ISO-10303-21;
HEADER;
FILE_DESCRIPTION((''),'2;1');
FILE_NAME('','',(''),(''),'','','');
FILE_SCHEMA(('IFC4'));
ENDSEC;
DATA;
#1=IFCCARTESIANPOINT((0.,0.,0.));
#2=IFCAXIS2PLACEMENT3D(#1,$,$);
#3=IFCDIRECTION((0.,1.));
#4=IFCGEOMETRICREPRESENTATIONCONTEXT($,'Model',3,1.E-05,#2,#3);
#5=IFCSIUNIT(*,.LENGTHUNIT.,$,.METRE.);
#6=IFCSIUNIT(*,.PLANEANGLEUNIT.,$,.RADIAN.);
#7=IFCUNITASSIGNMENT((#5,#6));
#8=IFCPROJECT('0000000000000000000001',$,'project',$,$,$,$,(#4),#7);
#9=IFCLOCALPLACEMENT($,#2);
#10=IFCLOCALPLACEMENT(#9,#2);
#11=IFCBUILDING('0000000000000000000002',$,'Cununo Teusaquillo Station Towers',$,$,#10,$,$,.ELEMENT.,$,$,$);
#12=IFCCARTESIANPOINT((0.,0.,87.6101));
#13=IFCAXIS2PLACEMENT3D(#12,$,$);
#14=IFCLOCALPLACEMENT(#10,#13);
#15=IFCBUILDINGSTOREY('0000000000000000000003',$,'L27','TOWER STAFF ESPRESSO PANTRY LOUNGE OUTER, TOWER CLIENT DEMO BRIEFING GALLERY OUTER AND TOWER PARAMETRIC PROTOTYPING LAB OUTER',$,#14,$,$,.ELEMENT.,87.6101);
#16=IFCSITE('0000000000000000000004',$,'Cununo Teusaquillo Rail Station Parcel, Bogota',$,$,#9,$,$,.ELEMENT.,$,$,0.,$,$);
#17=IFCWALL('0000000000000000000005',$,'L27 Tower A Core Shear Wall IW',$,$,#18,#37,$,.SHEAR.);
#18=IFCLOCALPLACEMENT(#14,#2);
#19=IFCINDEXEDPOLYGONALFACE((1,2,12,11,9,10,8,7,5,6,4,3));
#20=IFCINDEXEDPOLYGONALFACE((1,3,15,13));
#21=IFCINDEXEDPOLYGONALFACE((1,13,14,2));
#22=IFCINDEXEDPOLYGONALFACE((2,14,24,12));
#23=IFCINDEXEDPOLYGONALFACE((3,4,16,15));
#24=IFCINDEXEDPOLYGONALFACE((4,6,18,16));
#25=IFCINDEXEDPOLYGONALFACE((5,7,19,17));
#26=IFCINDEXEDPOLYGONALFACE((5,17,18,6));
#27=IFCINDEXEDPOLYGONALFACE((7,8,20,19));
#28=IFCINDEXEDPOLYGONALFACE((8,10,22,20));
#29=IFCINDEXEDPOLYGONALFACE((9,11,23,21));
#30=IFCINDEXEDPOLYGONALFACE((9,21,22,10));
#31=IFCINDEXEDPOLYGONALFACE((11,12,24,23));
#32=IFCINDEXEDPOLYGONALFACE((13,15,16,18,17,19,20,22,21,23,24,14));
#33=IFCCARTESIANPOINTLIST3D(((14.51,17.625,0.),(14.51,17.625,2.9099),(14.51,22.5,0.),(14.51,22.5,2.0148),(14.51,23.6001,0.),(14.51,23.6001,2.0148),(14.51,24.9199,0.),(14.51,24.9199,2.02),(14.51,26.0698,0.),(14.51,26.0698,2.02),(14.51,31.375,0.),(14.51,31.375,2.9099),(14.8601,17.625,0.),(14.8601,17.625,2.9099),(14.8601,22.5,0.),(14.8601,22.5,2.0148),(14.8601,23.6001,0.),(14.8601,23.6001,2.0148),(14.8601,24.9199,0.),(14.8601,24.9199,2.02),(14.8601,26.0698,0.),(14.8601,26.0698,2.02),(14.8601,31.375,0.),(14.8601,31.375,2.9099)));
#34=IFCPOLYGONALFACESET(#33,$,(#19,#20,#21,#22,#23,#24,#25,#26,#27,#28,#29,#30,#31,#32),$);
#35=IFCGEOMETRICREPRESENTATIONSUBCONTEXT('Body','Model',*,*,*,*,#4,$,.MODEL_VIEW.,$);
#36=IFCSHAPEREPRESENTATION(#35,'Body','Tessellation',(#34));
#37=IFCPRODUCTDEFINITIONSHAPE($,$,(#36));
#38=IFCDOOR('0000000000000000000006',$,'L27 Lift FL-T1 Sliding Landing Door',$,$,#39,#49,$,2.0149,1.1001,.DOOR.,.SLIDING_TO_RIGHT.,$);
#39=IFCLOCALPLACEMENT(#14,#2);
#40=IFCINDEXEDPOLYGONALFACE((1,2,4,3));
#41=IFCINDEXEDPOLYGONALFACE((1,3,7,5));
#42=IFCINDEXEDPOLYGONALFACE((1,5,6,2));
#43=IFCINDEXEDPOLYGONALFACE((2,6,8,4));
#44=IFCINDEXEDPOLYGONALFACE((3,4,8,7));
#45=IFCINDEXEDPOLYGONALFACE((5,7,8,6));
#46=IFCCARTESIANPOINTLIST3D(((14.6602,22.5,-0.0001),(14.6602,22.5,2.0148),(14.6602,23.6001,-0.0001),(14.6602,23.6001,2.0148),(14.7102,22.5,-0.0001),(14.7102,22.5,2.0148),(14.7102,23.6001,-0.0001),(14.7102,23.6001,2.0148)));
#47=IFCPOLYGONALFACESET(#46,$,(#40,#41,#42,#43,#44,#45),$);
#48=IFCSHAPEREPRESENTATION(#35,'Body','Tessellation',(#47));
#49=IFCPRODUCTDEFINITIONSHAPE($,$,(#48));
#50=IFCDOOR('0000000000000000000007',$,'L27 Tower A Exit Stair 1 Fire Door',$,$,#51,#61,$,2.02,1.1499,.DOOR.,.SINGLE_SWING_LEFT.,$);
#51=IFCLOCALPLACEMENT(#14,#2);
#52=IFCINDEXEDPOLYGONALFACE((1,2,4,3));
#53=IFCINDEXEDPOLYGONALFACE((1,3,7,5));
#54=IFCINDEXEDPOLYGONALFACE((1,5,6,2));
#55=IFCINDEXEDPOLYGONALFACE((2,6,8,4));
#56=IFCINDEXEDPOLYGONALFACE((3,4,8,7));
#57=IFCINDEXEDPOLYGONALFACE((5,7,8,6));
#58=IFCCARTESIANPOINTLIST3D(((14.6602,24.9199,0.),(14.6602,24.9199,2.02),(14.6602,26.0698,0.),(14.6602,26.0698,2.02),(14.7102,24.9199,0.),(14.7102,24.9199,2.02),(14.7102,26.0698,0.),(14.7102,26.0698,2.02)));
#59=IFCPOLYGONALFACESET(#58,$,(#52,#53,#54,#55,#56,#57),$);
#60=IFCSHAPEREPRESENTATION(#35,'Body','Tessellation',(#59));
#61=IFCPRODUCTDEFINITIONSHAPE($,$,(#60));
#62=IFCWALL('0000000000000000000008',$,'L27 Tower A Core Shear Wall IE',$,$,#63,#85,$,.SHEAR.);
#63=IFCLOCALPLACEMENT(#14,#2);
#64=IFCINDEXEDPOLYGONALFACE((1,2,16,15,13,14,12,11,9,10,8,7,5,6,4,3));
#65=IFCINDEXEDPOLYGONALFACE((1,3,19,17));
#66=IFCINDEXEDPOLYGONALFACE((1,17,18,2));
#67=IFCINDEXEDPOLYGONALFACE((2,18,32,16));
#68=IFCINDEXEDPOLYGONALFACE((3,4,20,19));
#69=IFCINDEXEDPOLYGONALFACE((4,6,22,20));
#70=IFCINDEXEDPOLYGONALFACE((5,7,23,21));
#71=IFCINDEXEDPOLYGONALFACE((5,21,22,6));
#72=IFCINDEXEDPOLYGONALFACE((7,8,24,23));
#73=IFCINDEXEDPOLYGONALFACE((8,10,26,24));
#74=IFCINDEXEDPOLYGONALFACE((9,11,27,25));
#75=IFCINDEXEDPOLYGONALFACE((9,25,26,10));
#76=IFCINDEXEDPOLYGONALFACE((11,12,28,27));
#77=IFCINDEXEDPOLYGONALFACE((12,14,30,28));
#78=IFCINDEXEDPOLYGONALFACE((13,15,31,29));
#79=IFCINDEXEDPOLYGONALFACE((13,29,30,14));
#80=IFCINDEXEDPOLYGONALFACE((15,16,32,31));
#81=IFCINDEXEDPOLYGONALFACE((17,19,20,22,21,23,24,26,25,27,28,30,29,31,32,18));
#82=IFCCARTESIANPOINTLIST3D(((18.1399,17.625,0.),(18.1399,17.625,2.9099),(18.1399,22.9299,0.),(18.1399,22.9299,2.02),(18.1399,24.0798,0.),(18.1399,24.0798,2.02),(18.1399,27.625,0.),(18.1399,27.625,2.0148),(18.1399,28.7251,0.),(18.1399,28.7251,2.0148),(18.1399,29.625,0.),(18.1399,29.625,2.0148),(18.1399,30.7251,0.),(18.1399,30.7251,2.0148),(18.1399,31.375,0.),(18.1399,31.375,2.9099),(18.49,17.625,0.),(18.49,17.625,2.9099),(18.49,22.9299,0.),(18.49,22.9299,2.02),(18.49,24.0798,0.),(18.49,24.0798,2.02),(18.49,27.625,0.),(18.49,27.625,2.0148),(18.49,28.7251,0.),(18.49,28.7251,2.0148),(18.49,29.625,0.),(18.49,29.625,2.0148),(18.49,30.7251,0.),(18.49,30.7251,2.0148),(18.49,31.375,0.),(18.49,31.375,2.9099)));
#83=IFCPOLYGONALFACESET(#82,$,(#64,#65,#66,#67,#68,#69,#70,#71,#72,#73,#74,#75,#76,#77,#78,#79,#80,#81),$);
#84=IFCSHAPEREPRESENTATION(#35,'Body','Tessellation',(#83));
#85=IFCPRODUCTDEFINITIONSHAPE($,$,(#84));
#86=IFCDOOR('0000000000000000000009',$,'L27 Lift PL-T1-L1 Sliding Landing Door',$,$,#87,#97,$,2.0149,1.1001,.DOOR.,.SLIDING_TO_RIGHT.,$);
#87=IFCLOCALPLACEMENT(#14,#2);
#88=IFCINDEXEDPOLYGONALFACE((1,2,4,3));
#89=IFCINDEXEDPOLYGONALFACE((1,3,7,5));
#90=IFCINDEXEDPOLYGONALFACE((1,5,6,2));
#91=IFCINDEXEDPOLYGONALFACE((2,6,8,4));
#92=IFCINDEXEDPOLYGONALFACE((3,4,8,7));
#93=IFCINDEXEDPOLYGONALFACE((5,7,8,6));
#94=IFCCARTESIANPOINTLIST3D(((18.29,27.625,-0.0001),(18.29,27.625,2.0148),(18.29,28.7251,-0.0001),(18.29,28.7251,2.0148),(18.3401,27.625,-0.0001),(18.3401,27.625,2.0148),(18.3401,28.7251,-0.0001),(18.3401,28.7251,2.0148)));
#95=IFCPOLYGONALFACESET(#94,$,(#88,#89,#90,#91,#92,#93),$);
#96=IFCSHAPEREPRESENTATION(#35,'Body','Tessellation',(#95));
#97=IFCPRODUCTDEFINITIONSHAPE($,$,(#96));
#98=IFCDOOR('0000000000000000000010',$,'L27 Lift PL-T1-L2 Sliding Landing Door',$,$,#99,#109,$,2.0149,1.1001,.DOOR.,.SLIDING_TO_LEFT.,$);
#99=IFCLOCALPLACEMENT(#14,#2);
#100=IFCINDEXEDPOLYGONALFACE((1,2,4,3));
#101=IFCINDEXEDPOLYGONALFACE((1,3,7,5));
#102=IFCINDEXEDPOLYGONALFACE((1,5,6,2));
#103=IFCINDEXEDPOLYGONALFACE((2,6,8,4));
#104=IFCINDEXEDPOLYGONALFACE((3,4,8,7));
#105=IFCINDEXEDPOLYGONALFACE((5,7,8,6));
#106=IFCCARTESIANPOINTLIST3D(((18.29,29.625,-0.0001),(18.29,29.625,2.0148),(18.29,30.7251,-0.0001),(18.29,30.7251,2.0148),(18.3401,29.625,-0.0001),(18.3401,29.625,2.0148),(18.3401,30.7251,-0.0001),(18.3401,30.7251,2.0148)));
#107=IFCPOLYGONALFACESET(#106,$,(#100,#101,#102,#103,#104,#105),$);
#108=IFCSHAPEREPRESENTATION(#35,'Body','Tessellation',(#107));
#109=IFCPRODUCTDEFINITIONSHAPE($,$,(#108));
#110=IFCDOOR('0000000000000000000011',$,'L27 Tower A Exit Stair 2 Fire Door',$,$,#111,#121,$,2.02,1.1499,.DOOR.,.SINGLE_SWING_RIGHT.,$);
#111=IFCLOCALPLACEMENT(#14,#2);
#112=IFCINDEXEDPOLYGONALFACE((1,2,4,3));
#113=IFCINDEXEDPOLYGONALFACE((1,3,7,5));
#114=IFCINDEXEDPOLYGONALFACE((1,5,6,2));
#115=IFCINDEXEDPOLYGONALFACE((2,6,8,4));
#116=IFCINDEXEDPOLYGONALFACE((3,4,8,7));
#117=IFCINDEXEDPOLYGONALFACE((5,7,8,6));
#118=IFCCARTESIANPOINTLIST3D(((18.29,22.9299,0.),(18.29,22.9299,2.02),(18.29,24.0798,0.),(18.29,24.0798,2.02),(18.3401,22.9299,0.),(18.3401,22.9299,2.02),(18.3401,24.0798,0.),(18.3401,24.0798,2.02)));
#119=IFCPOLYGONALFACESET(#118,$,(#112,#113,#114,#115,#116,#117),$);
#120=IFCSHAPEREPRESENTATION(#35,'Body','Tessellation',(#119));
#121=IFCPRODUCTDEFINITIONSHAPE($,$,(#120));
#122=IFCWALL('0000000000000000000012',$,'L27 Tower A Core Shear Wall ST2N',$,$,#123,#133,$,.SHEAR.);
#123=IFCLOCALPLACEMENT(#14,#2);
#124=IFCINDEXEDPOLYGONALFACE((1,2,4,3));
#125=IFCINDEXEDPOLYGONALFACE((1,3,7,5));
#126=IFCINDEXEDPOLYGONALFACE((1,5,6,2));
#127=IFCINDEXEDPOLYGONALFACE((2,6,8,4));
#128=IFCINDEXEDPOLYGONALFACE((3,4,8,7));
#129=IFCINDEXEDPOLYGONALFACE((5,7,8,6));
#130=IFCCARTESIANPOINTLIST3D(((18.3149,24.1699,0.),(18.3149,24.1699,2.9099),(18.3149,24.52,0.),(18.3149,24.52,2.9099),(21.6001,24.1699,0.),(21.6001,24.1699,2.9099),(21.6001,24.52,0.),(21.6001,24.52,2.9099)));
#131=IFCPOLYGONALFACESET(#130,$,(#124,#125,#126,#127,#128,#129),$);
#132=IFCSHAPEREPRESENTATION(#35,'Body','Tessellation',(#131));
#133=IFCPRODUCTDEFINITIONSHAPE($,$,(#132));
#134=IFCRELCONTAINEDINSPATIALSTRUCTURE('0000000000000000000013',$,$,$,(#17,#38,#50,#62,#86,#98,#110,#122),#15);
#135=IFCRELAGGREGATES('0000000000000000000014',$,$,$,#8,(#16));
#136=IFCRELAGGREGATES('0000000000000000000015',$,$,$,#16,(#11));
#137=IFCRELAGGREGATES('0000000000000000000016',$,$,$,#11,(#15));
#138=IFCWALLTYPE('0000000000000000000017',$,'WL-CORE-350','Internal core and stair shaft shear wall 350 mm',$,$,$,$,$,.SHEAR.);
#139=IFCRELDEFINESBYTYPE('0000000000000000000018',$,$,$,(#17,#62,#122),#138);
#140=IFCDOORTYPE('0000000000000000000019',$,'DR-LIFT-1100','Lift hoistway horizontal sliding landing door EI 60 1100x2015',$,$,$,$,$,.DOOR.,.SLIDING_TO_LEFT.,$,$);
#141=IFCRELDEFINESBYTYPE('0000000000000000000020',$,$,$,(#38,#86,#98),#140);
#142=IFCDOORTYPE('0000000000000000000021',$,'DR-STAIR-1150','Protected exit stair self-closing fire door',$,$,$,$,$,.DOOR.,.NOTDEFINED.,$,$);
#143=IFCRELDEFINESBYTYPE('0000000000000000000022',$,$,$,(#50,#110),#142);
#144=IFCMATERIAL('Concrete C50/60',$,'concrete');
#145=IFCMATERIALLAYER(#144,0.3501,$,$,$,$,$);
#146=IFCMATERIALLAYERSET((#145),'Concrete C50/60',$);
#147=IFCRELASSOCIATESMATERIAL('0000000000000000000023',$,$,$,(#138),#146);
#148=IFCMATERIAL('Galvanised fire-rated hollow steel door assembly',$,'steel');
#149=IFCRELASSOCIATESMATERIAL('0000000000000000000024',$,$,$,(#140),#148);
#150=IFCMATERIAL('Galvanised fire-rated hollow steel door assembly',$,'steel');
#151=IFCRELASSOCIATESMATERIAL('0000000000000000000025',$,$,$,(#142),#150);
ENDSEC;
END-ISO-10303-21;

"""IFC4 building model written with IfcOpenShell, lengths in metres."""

from ifc_helpers import new_model, si_unit, direction, frame, frame_2d, origin, place, context, subcontext, project, spatial, rectangle, extrude, source, transform, mapped, material, layer, layer_set, type_object, element, fill, save


model = new_model("IFC4")

# Units and contexts
model_context = context("Model", 3, precision=1e-05, world=origin(), true_north=direction((0.0, 1.0)))
body_context = subcontext(model_context, "Body", "Model", "MODEL_VIEW")
ifc_project = project(units=[si_unit("LENGTHUNIT", "METRE"), si_unit("PLANEANGLEUNIT", "RADIAN")], contexts=[model_context])

# Site, building, storey
site_placement = place(None, origin())
site = spatial("IfcSite", under=ifc_project, at=site_placement, Name="Cununo Teusaquillo Rail Station Parcel, Bogota", CompositionType="ELEMENT", RefElevation=0.0)
building_placement = place(site_placement, origin())
building = spatial("IfcBuilding", under=site, at=building_placement, Name="Cununo Teusaquillo Station Towers", CompositionType="ELEMENT")
storey_placement = place(building_placement, frame((0.0, 0.0, 87.6101)))
storey = spatial("IfcBuildingStorey", under=building, at=storey_placement, Name="L27", Description="TOWER STAFF ESPRESSO PANTRY LOUNGE OUTER, TOWER CLIENT DEMO BRIEFING GALLERY OUTER AND TOWER PARAMETRIC PROTOTYPING LAB OUTER", CompositionType="ELEMENT", Elevation=87.6101)

# Walls, openings, doors
ifc_material_1 = material(Name="Concrete C50/60", Category="concrete")
ifc_layer_1 = layer(ifc_material_1, 0.3501)
ifc_layer_set_1 = layer_set([ifc_layer_1], Name="Concrete C50/60")
wall_type_1 = type_object("IfcWallType", Name="WL-CORE-350", Description="Internal core and stair shaft shear wall 350 mm", PredefinedType="SHEAR", material=ifc_layer_set_1)
wall_1_placement = place(storey_placement, frame((14.6851, 17.625, 0.0), z_axis=(0.0, 0.0, 1.0), x_axis=(0.0, 1.0, 0.0)))
wall_1 = element("IfcWall", 1, at=wall_1_placement, inside=storey, type_object=wall_type_1, Name="L27 Tower A Core Shear Wall IW", PredefinedType="SHEAR", context=body_context, shape_type="SweptSolid", body=[
    extrude(rectangle(XDim=13.75, YDim=0.3501, at=frame_2d((6.875, 0.0))), origin(), (0.0, 0.0, 1.0), 2.9099),
])
shared_shape_1 = source(origin(), body_context, "Body", "SweptSolid", [
    extrude(rectangle(XDim=1.1001, YDim=2.0149, at=frame_2d((0.55, 1.0073))), frame((0.0, 0.1851, 0.0), z_axis=(0.0, -1.0, 0.0), x_axis=(1.0, 0.0, 0.0)), (0.0, 0.0, 1.0), 0.3701),
])
opening_1_placement = place(wall_1_placement, frame((4.875, 0.0, 0.0)))
opening_1 = element("IfcOpeningElement", 2, at=opening_1_placement, cuts=wall_1, PredefinedType="OPENING", context=body_context, shape_type="MappedRepresentation", body=[
    mapped(shared_shape_1, transform((0.0, 0.0, 0.0), x_axis=(1.0, 0.0, 0.0), y_axis=(0.0, 1.0, 0.0), z_axis=(0.0, 0.0, 1.0), scale=1.0)),
])
shared_shape_2 = source(origin(), body_context, "Body", "SweptSolid", [
    extrude(rectangle(XDim=1.1499, YDim=2.02, at=frame_2d((0.575, 1.01))), frame((0.0, 0.1851, 0.0), z_axis=(0.0, -1.0, 0.0), x_axis=(1.0, 0.0, 0.0)), (0.0, 0.0, 1.0), 0.3701),
])
opening_2_placement = place(wall_1_placement, frame((7.2949, 0.0, 0.0)))
opening_2 = element("IfcOpeningElement", 3, at=opening_2_placement, cuts=wall_1, PredefinedType="OPENING", context=body_context, shape_type="MappedRepresentation", body=[
    mapped(shared_shape_2, transform((0.0, 0.0, 0.0), x_axis=(1.0, 0.0, 0.0), y_axis=(0.0, 1.0, 0.0), z_axis=(0.0, 0.0, 1.0), scale=1.0)),
])
ifc_material_2 = material(Name="Galvanised fire-rated hollow steel door assembly", Category="steel")
door_type_1 = type_object("IfcDoorType", Name="DR-LIFT-1100", Description="Lift hoistway horizontal sliding landing door EI 60 1100x2015", OperationType="SLIDING_TO_LEFT", PredefinedType="DOOR", material=ifc_material_2)
shared_shape_3 = source(origin(), body_context, "Body", "SweptSolid", [
    extrude(rectangle(XDim=1.1001, YDim=2.0149, at=frame_2d((0.55, 1.0073))), frame((0.0, 0.0249, 0.0), z_axis=(0.0, -1.0, 0.0), x_axis=(1.0, 0.0, 0.0)), (0.0, 0.0, 1.0), 0.05),
])
door_1_placement = place(opening_1_placement, origin())
door_1 = element("IfcDoor", 4, at=door_1_placement, inside=storey, type_object=door_type_1, Name="L27 Lift FL-T1 Sliding Landing Door", OperationType="SLIDING_TO_RIGHT", OverallHeight=2.0149, OverallWidth=1.1001, PredefinedType="DOOR", context=body_context, shape_type="MappedRepresentation", body=[
    mapped(shared_shape_3, transform((0.0, 0.0, 0.0), x_axis=(1.0, 0.0, 0.0), y_axis=(0.0, 1.0, 0.0), z_axis=(0.0, 0.0, 1.0), scale=1.0)),
])
fill(opening_1, door_1)
ifc_material_3 = material(Name="Galvanised fire-rated hollow steel door assembly", Category="steel")
door_type_2 = type_object("IfcDoorType", Name="DR-STAIR-1150", Description="Protected exit stair self-closing fire door", OperationType="NOTDEFINED", PredefinedType="DOOR", material=ifc_material_3)
shared_shape_4 = source(origin(), body_context, "Body", "SweptSolid", [
    extrude(rectangle(XDim=1.1499, YDim=2.02, at=frame_2d((0.575, 1.01))), frame((0.0, 0.0249, 0.0), z_axis=(0.0, -1.0, 0.0), x_axis=(1.0, 0.0, 0.0)), (0.0, 0.0, 1.0), 0.05),
])
door_2_placement = place(opening_2_placement, origin())
door_2 = element("IfcDoor", 5, at=door_2_placement, inside=storey, type_object=door_type_2, Name="L27 Tower A Exit Stair 1 Fire Door", OperationType="SINGLE_SWING_LEFT", OverallHeight=2.02, OverallWidth=1.1499, PredefinedType="DOOR", context=body_context, shape_type="MappedRepresentation", body=[
    mapped(shared_shape_4, transform((0.0, 0.0, 0.0), x_axis=(1.0, 0.0, 0.0), y_axis=(0.0, 1.0, 0.0), z_axis=(0.0, 0.0, 1.0), scale=1.0)),
])
fill(opening_2, door_2)
wall_2_placement = place(storey_placement, frame((18.3149, 17.625, 0.0), z_axis=(0.0, 0.0, 1.0), x_axis=(0.0, 1.0, 0.0)))
wall_2 = element("IfcWall", 6, at=wall_2_placement, inside=storey, type_object=wall_type_1, Name="L27 Tower A Core Shear Wall IE", PredefinedType="SHEAR", context=body_context, shape_type="SweptSolid", body=[
    extrude(rectangle(XDim=13.75, YDim=0.3501, at=frame_2d((6.875, 0.0))), origin(), (0.0, 0.0, 1.0), 2.9099),
])
opening_3_placement = place(wall_2_placement, frame((10.0, 0.0, 0.0)))
opening_3 = element("IfcOpeningElement", 7, at=opening_3_placement, cuts=wall_2, PredefinedType="OPENING", context=body_context, shape_type="MappedRepresentation", body=[
    mapped(shared_shape_1, transform((0.0, 0.0, 0.0), x_axis=(1.0, 0.0, 0.0), y_axis=(0.0, 1.0, 0.0), z_axis=(0.0, 0.0, 1.0), scale=1.0)),
])
opening_4_placement = place(wall_2_placement, frame((12.0, 0.0, 0.0)))
opening_4 = element("IfcOpeningElement", 8, at=opening_4_placement, cuts=wall_2, PredefinedType="OPENING", context=body_context, shape_type="MappedRepresentation", body=[
    mapped(shared_shape_1, transform((0.0, 0.0, 0.0), x_axis=(1.0, 0.0, 0.0), y_axis=(0.0, 1.0, 0.0), z_axis=(0.0, 0.0, 1.0), scale=1.0)),
])
opening_5_placement = place(wall_2_placement, frame((5.3049, 0.0, 0.0)))
opening_5 = element("IfcOpeningElement", 9, at=opening_5_placement, cuts=wall_2, PredefinedType="OPENING", context=body_context, shape_type="MappedRepresentation", body=[
    mapped(shared_shape_2, transform((0.0, 0.0, 0.0), x_axis=(1.0, 0.0, 0.0), y_axis=(0.0, 1.0, 0.0), z_axis=(0.0, 0.0, 1.0), scale=1.0)),
])
door_3_placement = place(opening_3_placement, origin())
door_3 = element("IfcDoor", 10, at=door_3_placement, inside=storey, type_object=door_type_1, Name="L27 Lift PL-T1-L1 Sliding Landing Door", OperationType="SLIDING_TO_RIGHT", OverallHeight=2.0149, OverallWidth=1.1001, PredefinedType="DOOR", context=body_context, shape_type="MappedRepresentation", body=[
    mapped(shared_shape_3, transform((0.0, 0.0, 0.0), x_axis=(1.0, 0.0, 0.0), y_axis=(0.0, 1.0, 0.0), z_axis=(0.0, 0.0, 1.0), scale=1.0)),
])
fill(opening_3, door_3)
door_4_placement = place(opening_4_placement, origin())
door_4 = element("IfcDoor", 11, at=door_4_placement, inside=storey, type_object=door_type_1, Name="L27 Lift PL-T1-L2 Sliding Landing Door", OperationType="SLIDING_TO_LEFT", OverallHeight=2.0149, OverallWidth=1.1001, PredefinedType="DOOR", context=body_context, shape_type="MappedRepresentation", body=[
    mapped(shared_shape_3, transform((0.0, 0.0, 0.0), x_axis=(1.0, 0.0, 0.0), y_axis=(0.0, 1.0, 0.0), z_axis=(0.0, 0.0, 1.0), scale=1.0)),
])
fill(opening_4, door_4)
door_5_placement = place(opening_5_placement, origin())
door_5 = element("IfcDoor", 12, at=door_5_placement, inside=storey, type_object=door_type_2, Name="L27 Tower A Exit Stair 2 Fire Door", OperationType="SINGLE_SWING_RIGHT", OverallHeight=2.02, OverallWidth=1.1499, PredefinedType="DOOR", context=body_context, shape_type="MappedRepresentation", body=[
    mapped(shared_shape_4, transform((0.0, 0.0, 0.0), x_axis=(1.0, 0.0, 0.0), y_axis=(0.0, 1.0, 0.0), z_axis=(0.0, 0.0, 1.0), scale=1.0)),
])
fill(opening_5, door_5)

# Wall
wall_3_placement = place(storey_placement, frame((18.3149, 24.345, 0.0), z_axis=(0.0, 0.0, 1.0), x_axis=(1.0, 0.0, 0.0)))
element("IfcWall", 13, at=wall_3_placement, inside=storey, type_object=wall_type_1, Name="L27 Tower A Core Shear Wall ST2N", PredefinedType="SHEAR", context=body_context, shape_type="SweptSolid", body=[
    extrude(rectangle(XDim=3.2852, YDim=0.3501, at=frame_2d((1.6426, 0.0))), origin(), (0.0, 0.0, 1.0), 2.9099),
])

save(model, "model.ifc")
